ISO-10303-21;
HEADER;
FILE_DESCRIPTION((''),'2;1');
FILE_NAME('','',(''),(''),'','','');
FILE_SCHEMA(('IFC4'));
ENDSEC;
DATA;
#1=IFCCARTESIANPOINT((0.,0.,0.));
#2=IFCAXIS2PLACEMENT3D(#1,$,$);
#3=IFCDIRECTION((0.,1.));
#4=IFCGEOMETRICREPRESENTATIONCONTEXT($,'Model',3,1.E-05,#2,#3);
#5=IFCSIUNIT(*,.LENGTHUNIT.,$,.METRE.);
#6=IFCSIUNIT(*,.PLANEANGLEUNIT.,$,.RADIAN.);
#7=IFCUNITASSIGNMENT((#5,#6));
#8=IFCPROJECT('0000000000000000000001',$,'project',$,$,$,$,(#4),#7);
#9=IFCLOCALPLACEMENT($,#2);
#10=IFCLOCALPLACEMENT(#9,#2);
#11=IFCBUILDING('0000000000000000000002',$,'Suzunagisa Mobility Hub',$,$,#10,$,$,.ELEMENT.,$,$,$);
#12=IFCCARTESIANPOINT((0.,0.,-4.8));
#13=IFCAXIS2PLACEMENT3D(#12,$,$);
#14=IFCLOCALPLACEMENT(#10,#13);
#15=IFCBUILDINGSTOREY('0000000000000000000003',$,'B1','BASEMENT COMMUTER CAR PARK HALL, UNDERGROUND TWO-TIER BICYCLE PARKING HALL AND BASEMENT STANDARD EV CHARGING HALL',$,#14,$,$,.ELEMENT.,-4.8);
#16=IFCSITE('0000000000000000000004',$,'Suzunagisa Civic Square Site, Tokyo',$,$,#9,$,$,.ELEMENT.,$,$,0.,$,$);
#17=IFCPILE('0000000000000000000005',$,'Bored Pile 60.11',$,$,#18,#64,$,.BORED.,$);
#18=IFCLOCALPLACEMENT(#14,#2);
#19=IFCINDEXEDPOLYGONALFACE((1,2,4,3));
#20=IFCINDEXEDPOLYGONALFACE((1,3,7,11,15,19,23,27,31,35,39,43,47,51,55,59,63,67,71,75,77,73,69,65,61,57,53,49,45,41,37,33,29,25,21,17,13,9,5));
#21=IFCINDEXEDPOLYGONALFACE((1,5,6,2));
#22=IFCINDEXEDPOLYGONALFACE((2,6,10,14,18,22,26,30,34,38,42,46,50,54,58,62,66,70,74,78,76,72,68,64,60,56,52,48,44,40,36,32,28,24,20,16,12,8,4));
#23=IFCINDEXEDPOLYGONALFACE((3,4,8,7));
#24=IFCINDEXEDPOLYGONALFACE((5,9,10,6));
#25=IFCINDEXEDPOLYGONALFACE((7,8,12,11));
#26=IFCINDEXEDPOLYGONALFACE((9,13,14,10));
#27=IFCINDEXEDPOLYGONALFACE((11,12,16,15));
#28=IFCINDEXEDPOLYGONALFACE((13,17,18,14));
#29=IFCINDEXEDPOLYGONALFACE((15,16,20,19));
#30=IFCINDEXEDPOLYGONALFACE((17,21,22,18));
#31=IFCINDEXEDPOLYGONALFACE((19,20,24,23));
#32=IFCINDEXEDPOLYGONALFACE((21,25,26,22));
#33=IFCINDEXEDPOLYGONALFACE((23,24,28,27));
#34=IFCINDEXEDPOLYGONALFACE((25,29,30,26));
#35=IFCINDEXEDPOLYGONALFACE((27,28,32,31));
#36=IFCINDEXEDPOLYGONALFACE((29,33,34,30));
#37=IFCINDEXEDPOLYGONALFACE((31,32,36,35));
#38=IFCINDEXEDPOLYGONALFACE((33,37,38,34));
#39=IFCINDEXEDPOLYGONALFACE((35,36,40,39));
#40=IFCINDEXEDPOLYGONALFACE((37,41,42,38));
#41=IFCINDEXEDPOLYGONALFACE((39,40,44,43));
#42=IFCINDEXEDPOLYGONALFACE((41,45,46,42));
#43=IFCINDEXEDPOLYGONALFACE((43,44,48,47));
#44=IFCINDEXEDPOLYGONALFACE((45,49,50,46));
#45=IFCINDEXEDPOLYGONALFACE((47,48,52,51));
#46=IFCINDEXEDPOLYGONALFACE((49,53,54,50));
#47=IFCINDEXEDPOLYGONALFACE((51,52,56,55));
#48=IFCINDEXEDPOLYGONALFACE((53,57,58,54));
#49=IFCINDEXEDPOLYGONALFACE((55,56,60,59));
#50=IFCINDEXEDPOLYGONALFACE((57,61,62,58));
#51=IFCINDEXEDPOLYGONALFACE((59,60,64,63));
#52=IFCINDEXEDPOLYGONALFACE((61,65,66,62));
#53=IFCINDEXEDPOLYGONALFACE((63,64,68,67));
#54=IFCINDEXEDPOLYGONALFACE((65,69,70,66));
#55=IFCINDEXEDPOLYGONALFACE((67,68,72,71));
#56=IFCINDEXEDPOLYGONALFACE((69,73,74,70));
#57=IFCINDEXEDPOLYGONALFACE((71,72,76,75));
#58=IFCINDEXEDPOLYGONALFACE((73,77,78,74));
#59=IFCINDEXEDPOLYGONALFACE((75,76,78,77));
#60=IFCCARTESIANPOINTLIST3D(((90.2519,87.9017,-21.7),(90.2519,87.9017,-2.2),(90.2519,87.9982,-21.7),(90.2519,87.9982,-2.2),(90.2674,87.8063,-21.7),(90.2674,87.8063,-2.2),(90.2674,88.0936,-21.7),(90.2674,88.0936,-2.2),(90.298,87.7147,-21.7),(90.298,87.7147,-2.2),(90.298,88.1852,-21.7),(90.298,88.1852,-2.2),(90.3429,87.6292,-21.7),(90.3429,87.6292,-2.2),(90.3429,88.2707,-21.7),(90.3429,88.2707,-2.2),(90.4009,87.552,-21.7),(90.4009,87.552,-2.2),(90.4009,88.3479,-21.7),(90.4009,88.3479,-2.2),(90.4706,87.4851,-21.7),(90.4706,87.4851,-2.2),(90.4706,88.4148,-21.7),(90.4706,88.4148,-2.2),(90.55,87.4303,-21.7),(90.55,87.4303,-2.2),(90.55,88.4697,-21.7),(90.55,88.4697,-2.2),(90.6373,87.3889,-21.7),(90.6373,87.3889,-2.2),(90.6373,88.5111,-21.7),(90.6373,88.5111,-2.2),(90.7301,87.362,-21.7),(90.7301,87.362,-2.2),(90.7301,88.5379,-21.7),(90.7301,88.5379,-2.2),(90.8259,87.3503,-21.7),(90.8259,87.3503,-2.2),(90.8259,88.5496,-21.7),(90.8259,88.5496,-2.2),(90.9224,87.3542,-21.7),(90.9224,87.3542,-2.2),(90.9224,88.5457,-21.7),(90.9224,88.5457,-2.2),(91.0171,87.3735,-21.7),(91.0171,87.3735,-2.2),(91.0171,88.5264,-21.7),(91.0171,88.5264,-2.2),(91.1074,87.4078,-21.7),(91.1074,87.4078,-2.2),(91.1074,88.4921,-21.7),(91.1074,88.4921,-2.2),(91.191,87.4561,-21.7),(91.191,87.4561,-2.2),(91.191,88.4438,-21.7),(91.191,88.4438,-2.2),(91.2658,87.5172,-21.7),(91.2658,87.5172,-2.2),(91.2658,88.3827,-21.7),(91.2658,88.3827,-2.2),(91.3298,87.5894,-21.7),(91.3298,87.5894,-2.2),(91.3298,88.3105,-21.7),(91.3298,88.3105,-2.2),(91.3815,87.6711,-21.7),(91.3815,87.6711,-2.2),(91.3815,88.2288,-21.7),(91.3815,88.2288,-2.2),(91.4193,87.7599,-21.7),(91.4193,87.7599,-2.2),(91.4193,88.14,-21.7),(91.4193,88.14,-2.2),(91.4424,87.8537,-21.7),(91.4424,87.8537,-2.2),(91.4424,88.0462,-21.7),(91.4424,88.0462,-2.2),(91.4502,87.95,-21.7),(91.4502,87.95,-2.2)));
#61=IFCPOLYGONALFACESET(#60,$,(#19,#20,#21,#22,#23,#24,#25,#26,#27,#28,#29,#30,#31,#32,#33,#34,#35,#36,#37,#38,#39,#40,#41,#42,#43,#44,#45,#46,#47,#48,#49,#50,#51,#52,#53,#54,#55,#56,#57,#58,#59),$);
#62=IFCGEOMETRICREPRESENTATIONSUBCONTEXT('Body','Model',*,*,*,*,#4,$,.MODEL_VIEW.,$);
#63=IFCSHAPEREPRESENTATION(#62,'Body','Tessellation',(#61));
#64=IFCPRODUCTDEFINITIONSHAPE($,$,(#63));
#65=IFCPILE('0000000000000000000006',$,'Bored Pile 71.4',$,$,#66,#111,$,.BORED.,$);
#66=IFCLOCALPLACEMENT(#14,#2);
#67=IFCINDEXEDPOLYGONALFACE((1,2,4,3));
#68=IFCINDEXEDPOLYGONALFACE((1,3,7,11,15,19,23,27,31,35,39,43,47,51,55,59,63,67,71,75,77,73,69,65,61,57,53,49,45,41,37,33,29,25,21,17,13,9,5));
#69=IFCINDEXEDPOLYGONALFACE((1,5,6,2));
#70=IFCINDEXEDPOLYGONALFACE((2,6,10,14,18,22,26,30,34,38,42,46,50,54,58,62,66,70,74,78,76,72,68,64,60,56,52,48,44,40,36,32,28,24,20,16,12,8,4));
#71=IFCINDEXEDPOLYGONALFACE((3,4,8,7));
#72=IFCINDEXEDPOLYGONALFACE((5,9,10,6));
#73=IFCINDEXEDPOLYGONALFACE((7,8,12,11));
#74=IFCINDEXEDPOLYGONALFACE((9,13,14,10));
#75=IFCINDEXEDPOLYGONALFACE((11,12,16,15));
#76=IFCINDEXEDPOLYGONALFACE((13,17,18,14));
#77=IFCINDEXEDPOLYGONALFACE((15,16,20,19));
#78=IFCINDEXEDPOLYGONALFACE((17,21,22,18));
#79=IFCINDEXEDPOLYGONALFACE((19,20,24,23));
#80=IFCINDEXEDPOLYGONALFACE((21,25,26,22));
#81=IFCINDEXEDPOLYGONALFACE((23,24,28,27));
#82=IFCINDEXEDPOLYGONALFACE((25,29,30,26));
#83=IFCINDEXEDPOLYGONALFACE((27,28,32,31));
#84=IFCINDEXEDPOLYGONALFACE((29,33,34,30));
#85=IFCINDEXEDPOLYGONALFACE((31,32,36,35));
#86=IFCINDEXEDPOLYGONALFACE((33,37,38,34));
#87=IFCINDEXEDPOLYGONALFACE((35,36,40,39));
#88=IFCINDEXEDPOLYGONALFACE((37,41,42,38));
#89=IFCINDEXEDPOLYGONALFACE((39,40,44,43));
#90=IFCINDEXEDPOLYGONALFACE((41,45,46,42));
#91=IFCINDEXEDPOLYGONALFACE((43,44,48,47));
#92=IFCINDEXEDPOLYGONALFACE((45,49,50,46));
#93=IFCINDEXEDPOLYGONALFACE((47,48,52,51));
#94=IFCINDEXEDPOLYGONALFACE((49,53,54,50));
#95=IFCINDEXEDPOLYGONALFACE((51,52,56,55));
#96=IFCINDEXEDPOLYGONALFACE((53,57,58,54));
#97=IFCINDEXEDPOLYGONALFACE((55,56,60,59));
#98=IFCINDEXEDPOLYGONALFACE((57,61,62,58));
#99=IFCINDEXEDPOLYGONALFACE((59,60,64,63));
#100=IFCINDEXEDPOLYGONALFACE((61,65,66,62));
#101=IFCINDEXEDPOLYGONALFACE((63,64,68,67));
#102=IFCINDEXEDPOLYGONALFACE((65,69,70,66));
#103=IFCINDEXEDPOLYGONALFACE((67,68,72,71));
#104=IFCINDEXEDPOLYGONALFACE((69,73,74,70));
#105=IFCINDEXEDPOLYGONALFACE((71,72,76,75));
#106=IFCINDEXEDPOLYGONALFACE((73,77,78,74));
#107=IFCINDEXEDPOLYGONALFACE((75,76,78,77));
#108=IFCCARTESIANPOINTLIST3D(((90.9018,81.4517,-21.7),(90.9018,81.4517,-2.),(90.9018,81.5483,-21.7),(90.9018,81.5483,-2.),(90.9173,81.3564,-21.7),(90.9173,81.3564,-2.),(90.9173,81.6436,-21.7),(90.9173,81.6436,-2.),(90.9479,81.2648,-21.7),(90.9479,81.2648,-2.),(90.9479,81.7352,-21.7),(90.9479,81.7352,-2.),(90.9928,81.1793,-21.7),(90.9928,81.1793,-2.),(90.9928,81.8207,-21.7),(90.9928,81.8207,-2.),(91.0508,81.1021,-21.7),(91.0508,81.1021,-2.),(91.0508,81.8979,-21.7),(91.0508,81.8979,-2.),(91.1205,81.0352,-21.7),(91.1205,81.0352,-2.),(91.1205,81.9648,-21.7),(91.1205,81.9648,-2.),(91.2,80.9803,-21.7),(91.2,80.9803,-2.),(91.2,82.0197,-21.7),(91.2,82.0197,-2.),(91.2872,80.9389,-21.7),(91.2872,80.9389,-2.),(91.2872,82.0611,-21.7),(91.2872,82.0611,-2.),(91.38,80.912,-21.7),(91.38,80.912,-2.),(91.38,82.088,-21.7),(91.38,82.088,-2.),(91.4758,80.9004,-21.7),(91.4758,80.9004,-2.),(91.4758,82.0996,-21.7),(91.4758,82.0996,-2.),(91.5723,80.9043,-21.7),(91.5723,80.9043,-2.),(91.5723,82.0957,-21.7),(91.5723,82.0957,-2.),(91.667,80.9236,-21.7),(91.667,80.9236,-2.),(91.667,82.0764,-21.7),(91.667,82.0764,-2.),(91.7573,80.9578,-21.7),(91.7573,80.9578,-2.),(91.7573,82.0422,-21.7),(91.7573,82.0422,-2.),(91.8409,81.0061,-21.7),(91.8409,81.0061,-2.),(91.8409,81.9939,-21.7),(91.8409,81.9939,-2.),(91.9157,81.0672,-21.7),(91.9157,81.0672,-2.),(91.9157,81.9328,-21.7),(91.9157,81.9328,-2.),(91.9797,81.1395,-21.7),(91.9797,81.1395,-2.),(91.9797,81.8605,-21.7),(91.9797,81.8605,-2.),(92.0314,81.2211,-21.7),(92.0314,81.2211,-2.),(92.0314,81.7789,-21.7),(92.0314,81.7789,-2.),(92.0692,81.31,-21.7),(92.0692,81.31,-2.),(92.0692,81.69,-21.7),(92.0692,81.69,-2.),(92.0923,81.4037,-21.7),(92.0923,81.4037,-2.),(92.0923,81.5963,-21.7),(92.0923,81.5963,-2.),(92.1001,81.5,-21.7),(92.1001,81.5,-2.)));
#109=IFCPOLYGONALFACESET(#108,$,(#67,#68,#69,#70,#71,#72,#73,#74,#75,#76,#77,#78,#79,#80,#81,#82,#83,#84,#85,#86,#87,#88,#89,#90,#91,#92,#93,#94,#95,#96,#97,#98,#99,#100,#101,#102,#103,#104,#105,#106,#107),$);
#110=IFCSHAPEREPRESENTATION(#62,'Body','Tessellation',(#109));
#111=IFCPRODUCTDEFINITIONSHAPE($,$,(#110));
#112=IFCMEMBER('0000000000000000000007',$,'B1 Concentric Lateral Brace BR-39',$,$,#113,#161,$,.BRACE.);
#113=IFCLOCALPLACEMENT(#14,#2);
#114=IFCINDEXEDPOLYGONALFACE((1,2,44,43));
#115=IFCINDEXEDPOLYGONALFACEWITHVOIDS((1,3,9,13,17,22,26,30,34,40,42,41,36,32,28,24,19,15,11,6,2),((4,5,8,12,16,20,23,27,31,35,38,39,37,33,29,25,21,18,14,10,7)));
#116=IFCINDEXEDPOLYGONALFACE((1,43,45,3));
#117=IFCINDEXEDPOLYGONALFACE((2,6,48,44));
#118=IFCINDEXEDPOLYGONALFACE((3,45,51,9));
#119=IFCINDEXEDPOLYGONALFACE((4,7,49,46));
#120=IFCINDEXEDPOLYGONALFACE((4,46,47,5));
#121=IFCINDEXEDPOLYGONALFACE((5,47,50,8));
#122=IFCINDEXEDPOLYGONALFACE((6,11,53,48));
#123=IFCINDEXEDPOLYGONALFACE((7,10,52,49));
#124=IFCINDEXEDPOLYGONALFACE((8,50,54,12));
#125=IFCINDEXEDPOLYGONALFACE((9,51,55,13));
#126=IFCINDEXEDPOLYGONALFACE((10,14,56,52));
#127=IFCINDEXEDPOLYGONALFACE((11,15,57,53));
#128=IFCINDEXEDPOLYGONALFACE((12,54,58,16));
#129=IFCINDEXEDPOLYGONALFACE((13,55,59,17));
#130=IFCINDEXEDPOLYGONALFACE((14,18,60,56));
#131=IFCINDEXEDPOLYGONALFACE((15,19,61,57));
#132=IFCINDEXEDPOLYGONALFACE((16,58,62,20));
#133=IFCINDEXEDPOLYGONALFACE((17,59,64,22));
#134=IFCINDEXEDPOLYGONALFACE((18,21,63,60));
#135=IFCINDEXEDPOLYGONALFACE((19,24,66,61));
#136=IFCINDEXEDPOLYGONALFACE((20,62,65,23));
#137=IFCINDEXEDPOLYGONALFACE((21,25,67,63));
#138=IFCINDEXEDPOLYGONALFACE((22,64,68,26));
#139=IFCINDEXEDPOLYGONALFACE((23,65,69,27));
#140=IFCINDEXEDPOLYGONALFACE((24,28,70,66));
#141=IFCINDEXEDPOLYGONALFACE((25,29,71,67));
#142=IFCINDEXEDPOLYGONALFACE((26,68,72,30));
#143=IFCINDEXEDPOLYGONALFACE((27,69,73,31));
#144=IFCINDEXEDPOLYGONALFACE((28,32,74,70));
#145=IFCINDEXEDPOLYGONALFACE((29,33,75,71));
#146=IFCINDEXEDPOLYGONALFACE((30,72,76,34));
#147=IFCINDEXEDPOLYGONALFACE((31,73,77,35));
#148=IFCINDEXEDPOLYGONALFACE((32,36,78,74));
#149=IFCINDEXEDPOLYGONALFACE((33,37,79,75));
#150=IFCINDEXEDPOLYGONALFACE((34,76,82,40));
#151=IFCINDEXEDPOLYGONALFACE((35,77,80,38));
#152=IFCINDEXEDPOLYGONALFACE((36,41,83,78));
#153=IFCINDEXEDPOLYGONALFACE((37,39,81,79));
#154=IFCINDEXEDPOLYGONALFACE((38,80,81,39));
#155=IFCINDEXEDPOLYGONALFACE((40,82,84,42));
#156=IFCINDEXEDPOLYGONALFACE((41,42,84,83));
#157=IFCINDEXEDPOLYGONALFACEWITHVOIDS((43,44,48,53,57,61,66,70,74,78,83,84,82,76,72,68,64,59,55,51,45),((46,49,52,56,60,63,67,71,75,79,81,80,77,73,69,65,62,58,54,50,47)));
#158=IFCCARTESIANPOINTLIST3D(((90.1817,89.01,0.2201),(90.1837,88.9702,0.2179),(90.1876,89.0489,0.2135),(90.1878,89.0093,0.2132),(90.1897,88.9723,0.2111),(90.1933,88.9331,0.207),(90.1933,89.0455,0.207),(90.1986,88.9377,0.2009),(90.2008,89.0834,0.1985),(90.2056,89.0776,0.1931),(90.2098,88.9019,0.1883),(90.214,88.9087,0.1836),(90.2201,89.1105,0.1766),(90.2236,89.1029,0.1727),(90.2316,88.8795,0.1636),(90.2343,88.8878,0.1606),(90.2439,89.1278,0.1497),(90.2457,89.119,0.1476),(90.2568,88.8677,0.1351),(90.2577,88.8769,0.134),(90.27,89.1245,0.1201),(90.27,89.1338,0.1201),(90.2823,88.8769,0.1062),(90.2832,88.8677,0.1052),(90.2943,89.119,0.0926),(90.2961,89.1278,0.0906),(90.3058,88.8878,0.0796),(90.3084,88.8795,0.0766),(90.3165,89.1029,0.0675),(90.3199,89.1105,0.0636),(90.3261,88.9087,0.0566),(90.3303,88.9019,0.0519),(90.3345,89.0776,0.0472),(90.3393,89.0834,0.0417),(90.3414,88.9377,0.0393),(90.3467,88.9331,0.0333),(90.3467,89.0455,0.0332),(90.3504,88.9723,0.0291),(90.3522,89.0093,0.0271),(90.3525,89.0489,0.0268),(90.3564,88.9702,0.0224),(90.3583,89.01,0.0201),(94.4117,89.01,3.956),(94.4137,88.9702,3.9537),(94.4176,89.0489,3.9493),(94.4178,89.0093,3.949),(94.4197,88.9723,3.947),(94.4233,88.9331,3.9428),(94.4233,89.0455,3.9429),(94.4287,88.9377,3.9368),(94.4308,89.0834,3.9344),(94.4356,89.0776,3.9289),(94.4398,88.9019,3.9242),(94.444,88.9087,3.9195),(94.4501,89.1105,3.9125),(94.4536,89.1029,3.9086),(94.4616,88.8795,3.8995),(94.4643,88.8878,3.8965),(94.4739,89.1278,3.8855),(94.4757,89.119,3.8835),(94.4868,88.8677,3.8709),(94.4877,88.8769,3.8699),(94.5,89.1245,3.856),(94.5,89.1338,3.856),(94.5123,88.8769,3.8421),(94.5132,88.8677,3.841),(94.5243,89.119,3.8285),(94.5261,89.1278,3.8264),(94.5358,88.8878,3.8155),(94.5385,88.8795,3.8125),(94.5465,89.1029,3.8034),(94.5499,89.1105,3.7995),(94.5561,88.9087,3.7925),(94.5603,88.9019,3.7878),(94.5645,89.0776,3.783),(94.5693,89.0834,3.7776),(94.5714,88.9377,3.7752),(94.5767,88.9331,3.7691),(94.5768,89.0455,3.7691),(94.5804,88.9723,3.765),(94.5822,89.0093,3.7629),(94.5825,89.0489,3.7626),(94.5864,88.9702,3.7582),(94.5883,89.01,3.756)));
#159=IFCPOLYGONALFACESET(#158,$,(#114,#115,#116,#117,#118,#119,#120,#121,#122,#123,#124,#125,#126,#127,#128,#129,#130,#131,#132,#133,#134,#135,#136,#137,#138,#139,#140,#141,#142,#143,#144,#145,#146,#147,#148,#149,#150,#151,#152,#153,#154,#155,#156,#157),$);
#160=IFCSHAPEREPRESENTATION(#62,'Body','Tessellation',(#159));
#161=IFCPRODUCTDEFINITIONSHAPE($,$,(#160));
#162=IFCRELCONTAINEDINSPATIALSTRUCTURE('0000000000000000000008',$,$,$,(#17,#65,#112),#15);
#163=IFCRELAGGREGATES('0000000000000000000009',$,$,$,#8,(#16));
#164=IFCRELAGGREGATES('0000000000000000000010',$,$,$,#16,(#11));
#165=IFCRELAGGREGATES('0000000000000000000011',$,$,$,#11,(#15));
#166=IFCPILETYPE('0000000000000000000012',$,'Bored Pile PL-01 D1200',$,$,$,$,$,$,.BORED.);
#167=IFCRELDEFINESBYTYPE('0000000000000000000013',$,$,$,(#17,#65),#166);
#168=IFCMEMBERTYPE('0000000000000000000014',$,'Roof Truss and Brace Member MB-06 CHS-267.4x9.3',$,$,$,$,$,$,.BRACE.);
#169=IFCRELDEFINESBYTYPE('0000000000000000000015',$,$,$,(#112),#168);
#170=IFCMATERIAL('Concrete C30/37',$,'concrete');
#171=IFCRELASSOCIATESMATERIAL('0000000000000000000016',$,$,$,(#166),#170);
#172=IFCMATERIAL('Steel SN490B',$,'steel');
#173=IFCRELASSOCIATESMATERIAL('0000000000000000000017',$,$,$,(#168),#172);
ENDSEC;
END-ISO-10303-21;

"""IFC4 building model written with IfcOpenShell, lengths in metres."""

from ifc_helpers import new_model, si_unit, direction, frame, origin, origin_2d, place, context, subcontext, project, spatial, circle, hollow_circle, extrude, material, material_profile, profile_set, type_object, element, save


model = new_model("IFC4")

# Units and contexts
model_context = context("Model", 3, precision=1e-05, world=origin(), true_north=direction((0.0, 1.0)))
body_context = subcontext(model_context, "Body", "Model", "MODEL_VIEW")
ifc_project = project(units=[si_unit("LENGTHUNIT", "METRE"), si_unit("PLANEANGLEUNIT", "RADIAN")], contexts=[model_context])

# Site, building, storey
site_placement = place(None, origin())
site = spatial("IfcSite", under=ifc_project, at=site_placement, Name="Suzunagisa Civic Square Site, Tokyo", CompositionType="ELEMENT", RefElevation=0.0)
building_placement = place(site_placement, origin())
building = spatial("IfcBuilding", under=site, at=building_placement, Name="Suzunagisa Mobility Hub", CompositionType="ELEMENT")
storey_placement = place(building_placement, frame((0.0, 0.0, -4.8)))
storey = spatial("IfcBuildingStorey", under=building, at=storey_placement, Name="B1", Description="BASEMENT COMMUTER CAR PARK HALL, UNDERGROUND TWO-TIER BICYCLE PARKING HALL AND BASEMENT STANDARD EV CHARGING HALL", CompositionType="ELEMENT", Elevation=-4.8)

# Piles
ifc_material_1 = material(Name="Concrete C30/37", Category="concrete")
ifc_material_profile_1 = material_profile(ifc_material_1, circle(Radius=0.6001, at=origin_2d()), Name="BORED PILE D1200")
ifc_profile_set_1 = profile_set([ifc_material_profile_1], Name="Concrete C30/37")
pile_type = type_object("IfcPileType", Name="Bored Pile PL-01 D1200", PredefinedType="BORED", material=ifc_profile_set_1)
pile_1_placement = place(storey_placement, frame((90.8501, 87.95, -2.2), z_axis=(0.0, 0.0, -1.0), x_axis=(1.0, 0.0, 0.0)))
element("IfcPile", 1, at=pile_1_placement, inside=storey, type_object=pile_type, Name="Bored Pile 60.11", PredefinedType="BORED", context=body_context, shape_type="SweptSolid", body=[
    extrude(circle(Radius=0.6001, at=origin_2d()), origin(), (0.0, 0.0, 1.0), 19.5),
])
pile_2_placement = place(storey_placement, frame((91.5, 81.5, -2.0), z_axis=(0.0, 0.0, -1.0), x_axis=(1.0, 0.0, 0.0)))
element("IfcPile", 2, at=pile_2_placement, inside=storey, type_object=pile_type, Name="Bored Pile 71.4", PredefinedType="BORED", context=body_context, shape_type="SweptSolid", body=[
    extrude(circle(Radius=0.6001, at=origin_2d()), origin(), (0.0, 0.0, 1.0), 19.7),
])

# Member
ifc_material_2 = material(Name="Steel SN490B", Category="steel")
ifc_material_profile_2 = material_profile(ifc_material_2, hollow_circle(Radius=0.1338, WallThickness=0.0093, at=origin_2d()), Name="CHS-267.4x9.3")
ifc_profile_set_2 = profile_set([ifc_material_profile_2], Name="Steel SN490B")
member_type = type_object("IfcMemberType", Name="Roof Truss and Brace Member MB-06 CHS-267.4x9.3", PredefinedType="BRACE", material=ifc_profile_set_2)
member_placement = place(storey_placement, frame((90.27, 89.0, 0.1201), z_axis=(0.74953, 0.0, 0.661971), x_axis=(0.0, 1.0, 0.0)))
element("IfcMember", 3, at=member_placement, inside=storey, type_object=member_type, Name="B1 Concentric Lateral Brace BR-39", PredefinedType="BRACE", context=body_context, shape_type="SweptSolid", body=[
    extrude(hollow_circle(Radius=0.1338, WallThickness=0.0093, at=origin_2d()), origin(), (0.0, 0.0, 1.0), 5.6436),
])

save(model, "model.ifc")
